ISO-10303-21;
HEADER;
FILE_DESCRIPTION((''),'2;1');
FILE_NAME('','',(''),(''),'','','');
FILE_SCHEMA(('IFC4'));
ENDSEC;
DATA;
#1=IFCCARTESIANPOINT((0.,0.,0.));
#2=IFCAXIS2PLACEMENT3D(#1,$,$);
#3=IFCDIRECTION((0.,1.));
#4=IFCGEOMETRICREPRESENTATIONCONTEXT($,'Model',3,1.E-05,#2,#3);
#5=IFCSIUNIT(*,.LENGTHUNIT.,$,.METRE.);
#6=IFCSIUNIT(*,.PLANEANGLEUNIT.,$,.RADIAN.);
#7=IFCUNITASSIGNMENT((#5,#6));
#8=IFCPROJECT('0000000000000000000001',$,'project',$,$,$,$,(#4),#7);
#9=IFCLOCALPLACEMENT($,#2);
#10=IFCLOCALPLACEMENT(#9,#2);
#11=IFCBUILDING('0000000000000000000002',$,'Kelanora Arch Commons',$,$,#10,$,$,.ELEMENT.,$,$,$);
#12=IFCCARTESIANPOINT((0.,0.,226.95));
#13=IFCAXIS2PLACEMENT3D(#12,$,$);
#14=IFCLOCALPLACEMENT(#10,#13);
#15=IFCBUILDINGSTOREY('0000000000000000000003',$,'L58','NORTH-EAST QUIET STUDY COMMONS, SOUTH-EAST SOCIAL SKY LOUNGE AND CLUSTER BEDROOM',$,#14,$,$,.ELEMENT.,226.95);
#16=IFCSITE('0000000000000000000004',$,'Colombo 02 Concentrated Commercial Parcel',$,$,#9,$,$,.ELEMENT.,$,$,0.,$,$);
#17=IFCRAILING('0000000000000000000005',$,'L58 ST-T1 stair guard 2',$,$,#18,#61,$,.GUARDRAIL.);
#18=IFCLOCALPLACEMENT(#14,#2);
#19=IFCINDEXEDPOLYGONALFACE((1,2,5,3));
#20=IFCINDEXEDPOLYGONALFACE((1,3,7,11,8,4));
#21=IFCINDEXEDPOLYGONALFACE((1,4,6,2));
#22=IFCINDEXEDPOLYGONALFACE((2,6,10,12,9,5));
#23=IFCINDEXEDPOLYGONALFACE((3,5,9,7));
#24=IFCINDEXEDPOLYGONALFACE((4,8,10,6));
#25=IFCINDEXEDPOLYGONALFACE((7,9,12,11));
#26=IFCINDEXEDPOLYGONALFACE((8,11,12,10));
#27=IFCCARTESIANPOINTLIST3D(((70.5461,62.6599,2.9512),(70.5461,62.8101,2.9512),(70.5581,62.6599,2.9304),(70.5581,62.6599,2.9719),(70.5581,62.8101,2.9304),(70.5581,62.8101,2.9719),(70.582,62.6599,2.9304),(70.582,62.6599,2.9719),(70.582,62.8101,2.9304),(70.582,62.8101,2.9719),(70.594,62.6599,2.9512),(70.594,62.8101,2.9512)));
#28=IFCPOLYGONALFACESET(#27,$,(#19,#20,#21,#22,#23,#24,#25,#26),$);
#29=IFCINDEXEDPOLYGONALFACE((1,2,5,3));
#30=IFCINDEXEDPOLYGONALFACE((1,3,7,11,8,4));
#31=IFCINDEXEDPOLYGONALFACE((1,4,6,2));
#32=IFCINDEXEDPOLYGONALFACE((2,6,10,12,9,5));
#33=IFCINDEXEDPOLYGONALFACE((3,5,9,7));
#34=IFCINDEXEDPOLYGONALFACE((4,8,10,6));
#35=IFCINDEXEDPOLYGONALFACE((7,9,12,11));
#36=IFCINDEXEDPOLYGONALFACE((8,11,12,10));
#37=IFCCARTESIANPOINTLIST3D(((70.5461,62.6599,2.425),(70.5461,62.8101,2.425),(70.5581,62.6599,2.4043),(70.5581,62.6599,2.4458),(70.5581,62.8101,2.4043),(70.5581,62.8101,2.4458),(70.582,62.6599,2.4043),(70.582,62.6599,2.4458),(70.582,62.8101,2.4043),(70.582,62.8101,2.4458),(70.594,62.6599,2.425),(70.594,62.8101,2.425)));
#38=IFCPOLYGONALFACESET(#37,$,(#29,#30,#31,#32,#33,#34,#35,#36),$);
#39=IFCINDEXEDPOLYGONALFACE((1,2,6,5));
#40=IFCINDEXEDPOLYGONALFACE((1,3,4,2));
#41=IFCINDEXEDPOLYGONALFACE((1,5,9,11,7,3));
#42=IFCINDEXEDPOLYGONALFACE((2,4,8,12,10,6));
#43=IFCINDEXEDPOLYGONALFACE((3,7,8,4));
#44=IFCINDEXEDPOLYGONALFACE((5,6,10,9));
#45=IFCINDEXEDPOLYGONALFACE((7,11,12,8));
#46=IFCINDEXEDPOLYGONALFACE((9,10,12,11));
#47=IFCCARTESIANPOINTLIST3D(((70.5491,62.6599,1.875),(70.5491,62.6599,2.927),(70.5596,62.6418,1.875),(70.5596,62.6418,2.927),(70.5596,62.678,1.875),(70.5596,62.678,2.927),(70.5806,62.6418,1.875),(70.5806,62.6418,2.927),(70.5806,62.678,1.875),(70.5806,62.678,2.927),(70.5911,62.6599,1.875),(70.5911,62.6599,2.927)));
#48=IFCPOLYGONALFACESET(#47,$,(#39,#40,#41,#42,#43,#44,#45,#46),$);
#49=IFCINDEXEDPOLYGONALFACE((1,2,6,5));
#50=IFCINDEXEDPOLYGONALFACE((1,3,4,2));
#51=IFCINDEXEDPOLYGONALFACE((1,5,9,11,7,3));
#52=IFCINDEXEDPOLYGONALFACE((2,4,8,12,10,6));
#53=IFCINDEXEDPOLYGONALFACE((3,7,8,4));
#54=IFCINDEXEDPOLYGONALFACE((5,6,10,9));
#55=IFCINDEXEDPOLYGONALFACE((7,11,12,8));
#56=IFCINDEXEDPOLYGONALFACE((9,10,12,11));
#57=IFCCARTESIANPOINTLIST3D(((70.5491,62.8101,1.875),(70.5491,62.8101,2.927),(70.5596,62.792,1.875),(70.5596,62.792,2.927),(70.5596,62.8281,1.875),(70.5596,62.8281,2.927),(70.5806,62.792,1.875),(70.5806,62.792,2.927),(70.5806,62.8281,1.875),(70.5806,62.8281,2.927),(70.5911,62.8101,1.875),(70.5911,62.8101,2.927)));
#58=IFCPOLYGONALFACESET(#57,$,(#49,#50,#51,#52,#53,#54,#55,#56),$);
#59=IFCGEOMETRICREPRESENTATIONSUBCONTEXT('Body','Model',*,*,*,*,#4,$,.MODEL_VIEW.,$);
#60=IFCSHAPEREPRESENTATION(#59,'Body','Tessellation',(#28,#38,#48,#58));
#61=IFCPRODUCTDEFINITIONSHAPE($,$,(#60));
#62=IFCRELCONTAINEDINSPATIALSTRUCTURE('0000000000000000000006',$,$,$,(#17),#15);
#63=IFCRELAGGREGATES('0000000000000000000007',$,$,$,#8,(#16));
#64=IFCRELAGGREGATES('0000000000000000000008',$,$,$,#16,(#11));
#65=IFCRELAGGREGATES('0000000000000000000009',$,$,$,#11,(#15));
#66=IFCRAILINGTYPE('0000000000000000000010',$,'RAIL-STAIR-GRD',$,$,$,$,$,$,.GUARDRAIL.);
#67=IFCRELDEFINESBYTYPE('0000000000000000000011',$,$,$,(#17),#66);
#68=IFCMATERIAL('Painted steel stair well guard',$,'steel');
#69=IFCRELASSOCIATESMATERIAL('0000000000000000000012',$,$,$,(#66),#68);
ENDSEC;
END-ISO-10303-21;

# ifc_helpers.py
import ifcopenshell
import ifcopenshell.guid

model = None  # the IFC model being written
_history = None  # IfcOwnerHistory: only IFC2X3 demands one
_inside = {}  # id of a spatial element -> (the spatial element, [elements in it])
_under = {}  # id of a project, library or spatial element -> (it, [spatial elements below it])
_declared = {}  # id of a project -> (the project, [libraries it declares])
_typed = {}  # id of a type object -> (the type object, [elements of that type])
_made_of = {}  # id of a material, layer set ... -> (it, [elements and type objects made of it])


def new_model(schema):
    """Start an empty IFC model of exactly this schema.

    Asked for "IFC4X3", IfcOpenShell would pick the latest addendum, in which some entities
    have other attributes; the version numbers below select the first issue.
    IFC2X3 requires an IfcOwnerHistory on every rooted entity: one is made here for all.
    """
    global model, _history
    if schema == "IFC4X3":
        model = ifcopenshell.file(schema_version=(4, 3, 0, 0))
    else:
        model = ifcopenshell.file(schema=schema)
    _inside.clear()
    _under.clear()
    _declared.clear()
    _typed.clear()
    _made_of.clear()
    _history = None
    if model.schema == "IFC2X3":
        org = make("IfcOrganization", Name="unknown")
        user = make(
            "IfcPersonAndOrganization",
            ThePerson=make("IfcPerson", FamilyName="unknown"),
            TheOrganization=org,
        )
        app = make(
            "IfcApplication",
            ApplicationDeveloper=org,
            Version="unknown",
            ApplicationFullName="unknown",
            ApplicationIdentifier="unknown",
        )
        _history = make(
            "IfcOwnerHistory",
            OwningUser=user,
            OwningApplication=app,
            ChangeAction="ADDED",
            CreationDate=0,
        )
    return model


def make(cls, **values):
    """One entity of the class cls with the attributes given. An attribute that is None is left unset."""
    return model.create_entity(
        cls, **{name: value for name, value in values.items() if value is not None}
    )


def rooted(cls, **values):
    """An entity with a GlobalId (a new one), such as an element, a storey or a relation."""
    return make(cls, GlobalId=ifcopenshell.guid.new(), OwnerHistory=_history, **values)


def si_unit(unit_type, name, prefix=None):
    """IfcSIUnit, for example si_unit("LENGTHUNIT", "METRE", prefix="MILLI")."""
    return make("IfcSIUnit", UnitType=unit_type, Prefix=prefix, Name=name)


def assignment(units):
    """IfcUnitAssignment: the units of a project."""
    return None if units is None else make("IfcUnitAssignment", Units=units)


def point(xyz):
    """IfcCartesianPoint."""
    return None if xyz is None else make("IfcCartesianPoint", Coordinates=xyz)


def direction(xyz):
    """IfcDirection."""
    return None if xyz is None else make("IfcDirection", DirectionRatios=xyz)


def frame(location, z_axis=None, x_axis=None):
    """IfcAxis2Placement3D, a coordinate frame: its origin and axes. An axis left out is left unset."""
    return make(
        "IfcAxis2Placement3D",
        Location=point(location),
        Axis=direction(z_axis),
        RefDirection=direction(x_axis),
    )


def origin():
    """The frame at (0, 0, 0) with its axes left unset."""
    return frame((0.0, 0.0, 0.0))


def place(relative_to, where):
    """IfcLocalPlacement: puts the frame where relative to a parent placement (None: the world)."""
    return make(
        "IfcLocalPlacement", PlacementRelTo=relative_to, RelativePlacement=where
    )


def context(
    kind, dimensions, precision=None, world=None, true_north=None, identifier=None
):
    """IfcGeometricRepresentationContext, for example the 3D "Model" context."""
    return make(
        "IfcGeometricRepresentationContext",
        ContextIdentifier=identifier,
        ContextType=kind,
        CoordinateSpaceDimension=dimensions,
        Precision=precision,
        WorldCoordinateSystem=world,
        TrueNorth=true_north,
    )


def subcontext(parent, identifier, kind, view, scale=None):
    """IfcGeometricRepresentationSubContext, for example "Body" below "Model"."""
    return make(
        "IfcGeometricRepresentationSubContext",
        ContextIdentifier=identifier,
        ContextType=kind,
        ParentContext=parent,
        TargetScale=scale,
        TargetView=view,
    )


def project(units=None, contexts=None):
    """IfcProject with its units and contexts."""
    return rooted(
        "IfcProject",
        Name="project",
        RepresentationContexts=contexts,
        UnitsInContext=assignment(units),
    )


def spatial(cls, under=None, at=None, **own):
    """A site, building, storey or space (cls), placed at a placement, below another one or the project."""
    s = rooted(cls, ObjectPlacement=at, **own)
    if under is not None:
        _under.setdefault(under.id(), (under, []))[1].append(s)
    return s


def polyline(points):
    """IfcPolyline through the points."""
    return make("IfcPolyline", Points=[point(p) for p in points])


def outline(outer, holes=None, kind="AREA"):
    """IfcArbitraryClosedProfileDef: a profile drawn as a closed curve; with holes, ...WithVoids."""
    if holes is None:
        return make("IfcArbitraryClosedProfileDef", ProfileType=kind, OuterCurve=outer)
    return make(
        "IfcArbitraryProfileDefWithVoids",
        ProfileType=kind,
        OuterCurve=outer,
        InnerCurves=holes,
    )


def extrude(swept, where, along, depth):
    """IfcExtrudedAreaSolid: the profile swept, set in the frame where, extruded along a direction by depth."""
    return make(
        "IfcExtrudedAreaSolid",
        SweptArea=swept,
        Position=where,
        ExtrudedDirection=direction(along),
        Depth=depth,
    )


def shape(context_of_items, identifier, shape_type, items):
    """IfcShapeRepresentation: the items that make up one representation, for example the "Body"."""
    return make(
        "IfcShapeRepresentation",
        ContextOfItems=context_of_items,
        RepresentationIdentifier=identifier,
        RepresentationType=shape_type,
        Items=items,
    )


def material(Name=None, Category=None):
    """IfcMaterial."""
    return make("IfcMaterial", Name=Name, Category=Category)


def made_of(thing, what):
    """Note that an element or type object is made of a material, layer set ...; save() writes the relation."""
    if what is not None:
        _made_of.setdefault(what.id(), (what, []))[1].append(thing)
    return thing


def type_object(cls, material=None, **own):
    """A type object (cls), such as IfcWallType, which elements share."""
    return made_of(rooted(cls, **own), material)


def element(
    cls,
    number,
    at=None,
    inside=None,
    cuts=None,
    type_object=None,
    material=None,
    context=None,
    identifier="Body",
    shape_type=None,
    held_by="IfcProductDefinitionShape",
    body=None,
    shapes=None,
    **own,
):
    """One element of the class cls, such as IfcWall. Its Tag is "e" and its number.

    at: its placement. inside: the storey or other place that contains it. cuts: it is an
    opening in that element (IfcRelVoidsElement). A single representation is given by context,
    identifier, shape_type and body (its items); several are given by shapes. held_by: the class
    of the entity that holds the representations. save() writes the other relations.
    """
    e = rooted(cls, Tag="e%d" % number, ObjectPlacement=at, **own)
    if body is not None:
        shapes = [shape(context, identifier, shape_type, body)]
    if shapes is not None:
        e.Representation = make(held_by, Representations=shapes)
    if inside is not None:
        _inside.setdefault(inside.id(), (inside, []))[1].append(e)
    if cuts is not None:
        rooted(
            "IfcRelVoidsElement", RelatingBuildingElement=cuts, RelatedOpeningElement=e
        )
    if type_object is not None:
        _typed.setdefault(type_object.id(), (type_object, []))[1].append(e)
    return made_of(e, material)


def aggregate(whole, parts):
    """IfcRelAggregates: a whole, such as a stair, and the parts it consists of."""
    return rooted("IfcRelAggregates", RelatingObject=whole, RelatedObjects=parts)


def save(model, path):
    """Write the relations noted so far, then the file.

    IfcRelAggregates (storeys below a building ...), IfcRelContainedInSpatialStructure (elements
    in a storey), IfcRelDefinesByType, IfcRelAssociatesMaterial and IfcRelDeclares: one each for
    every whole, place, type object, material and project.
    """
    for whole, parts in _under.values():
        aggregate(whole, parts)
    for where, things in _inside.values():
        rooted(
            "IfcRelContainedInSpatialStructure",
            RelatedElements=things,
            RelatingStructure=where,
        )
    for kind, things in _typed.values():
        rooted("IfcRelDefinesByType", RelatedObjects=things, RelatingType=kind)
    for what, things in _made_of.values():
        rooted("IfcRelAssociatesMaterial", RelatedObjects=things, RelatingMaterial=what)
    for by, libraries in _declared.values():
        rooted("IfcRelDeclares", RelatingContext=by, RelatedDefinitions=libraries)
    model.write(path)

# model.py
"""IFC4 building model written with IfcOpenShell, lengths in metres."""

from ifc_helpers import new_model, si_unit, direction, frame, origin, place, context, subcontext, project, spatial, polyline, outline, extrude, material, type_object, element, save


model = new_model("IFC4")

# Units and contexts
model_context = context("Model", 3, precision=1e-05, world=origin(), true_north=direction((0.0, 1.0)))
body_context = subcontext(model_context, "Body", "Model", "MODEL_VIEW")
ifc_project = project(units=[si_unit("LENGTHUNIT", "METRE"), si_unit("PLANEANGLEUNIT", "RADIAN")], contexts=[model_context])

# Site, building, storey
site_placement = place(None, origin())
site = spatial("IfcSite", under=ifc_project, at=site_placement, Name="Colombo 02 Concentrated Commercial Parcel", CompositionType="ELEMENT", RefElevation=0.0)
building_placement = place(site_placement, origin())
building = spatial("IfcBuilding", under=site, at=building_placement, Name="Kelanora Arch Commons", CompositionType="ELEMENT")
storey_placement = place(building_placement, frame((0.0, 0.0, 226.95)))
storey = spatial("IfcBuildingStorey", under=building, at=storey_placement, Name="L58", Description="NORTH-EAST QUIET STUDY COMMONS, SOUTH-EAST SOCIAL SKY LOUNGE AND CLUSTER BEDROOM", CompositionType="ELEMENT", Elevation=226.95)

# Railing
ifc_material_1 = material(Name="Painted steel stair well guard", Category="steel")
railing_type = type_object("IfcRailingType", Name="RAIL-STAIR-GRD", PredefinedType="GUARDRAIL", material=ifc_material_1)
railing_placement = place(storey_placement, frame((70.5701, 62.6599, 1.875)))
element("IfcRailing", 1, at=railing_placement, inside=storey, type_object=railing_type, Name="L58 ST-T1 stair guard 2", PredefinedType="GUARDRAIL", context=body_context, shape_type="SweptSolid", body=[
    extrude(outline(polyline([(0.0239, 0.0), (0.012, 0.0208), (-0.012, 0.0208), (-0.0239, 0.0), (-0.012, -0.0208), (0.012, -0.0208), (0.0239, 0.0)])), frame((0.0, 0.0, 1.0762), z_axis=(0.0, 1.0, 0.0), x_axis=(-1.0, 0.0, 0.0)), (0.0, 0.0, 1.0), 0.1501),
    extrude(outline(polyline([(0.0239, 0.0), (0.012, 0.0208), (-0.012, 0.0208), (-0.0239, 0.0), (-0.012, -0.0208), (0.012, -0.0208), (0.0239, 0.0)])), frame((0.0, 0.0, 0.55), z_axis=(0.0, 1.0, 0.0), x_axis=(-1.0, 0.0, 0.0)), (0.0, 0.0, 1.0), 0.1501),
    extrude(outline(polyline([(0.021, 0.0), (0.0105, 0.0181), (-0.0105, 0.0181), (-0.021, 0.0), (-0.0105, -0.0181), (0.0105, -0.0181), (0.021, 0.0)])), origin(), (0.0, 0.0, 1.0), 1.052),
    extrude(outline(polyline([(0.021, 0.0), (0.0105, 0.0181), (-0.0105, 0.0181), (-0.021, 0.0), (-0.0105, -0.0181), (0.0105, -0.0181), (0.021, 0.0)])), frame((0.0, 0.1501, 0.0)), (0.0, 0.0, 1.0), 1.052),
])

save(model, "model.ifc")
